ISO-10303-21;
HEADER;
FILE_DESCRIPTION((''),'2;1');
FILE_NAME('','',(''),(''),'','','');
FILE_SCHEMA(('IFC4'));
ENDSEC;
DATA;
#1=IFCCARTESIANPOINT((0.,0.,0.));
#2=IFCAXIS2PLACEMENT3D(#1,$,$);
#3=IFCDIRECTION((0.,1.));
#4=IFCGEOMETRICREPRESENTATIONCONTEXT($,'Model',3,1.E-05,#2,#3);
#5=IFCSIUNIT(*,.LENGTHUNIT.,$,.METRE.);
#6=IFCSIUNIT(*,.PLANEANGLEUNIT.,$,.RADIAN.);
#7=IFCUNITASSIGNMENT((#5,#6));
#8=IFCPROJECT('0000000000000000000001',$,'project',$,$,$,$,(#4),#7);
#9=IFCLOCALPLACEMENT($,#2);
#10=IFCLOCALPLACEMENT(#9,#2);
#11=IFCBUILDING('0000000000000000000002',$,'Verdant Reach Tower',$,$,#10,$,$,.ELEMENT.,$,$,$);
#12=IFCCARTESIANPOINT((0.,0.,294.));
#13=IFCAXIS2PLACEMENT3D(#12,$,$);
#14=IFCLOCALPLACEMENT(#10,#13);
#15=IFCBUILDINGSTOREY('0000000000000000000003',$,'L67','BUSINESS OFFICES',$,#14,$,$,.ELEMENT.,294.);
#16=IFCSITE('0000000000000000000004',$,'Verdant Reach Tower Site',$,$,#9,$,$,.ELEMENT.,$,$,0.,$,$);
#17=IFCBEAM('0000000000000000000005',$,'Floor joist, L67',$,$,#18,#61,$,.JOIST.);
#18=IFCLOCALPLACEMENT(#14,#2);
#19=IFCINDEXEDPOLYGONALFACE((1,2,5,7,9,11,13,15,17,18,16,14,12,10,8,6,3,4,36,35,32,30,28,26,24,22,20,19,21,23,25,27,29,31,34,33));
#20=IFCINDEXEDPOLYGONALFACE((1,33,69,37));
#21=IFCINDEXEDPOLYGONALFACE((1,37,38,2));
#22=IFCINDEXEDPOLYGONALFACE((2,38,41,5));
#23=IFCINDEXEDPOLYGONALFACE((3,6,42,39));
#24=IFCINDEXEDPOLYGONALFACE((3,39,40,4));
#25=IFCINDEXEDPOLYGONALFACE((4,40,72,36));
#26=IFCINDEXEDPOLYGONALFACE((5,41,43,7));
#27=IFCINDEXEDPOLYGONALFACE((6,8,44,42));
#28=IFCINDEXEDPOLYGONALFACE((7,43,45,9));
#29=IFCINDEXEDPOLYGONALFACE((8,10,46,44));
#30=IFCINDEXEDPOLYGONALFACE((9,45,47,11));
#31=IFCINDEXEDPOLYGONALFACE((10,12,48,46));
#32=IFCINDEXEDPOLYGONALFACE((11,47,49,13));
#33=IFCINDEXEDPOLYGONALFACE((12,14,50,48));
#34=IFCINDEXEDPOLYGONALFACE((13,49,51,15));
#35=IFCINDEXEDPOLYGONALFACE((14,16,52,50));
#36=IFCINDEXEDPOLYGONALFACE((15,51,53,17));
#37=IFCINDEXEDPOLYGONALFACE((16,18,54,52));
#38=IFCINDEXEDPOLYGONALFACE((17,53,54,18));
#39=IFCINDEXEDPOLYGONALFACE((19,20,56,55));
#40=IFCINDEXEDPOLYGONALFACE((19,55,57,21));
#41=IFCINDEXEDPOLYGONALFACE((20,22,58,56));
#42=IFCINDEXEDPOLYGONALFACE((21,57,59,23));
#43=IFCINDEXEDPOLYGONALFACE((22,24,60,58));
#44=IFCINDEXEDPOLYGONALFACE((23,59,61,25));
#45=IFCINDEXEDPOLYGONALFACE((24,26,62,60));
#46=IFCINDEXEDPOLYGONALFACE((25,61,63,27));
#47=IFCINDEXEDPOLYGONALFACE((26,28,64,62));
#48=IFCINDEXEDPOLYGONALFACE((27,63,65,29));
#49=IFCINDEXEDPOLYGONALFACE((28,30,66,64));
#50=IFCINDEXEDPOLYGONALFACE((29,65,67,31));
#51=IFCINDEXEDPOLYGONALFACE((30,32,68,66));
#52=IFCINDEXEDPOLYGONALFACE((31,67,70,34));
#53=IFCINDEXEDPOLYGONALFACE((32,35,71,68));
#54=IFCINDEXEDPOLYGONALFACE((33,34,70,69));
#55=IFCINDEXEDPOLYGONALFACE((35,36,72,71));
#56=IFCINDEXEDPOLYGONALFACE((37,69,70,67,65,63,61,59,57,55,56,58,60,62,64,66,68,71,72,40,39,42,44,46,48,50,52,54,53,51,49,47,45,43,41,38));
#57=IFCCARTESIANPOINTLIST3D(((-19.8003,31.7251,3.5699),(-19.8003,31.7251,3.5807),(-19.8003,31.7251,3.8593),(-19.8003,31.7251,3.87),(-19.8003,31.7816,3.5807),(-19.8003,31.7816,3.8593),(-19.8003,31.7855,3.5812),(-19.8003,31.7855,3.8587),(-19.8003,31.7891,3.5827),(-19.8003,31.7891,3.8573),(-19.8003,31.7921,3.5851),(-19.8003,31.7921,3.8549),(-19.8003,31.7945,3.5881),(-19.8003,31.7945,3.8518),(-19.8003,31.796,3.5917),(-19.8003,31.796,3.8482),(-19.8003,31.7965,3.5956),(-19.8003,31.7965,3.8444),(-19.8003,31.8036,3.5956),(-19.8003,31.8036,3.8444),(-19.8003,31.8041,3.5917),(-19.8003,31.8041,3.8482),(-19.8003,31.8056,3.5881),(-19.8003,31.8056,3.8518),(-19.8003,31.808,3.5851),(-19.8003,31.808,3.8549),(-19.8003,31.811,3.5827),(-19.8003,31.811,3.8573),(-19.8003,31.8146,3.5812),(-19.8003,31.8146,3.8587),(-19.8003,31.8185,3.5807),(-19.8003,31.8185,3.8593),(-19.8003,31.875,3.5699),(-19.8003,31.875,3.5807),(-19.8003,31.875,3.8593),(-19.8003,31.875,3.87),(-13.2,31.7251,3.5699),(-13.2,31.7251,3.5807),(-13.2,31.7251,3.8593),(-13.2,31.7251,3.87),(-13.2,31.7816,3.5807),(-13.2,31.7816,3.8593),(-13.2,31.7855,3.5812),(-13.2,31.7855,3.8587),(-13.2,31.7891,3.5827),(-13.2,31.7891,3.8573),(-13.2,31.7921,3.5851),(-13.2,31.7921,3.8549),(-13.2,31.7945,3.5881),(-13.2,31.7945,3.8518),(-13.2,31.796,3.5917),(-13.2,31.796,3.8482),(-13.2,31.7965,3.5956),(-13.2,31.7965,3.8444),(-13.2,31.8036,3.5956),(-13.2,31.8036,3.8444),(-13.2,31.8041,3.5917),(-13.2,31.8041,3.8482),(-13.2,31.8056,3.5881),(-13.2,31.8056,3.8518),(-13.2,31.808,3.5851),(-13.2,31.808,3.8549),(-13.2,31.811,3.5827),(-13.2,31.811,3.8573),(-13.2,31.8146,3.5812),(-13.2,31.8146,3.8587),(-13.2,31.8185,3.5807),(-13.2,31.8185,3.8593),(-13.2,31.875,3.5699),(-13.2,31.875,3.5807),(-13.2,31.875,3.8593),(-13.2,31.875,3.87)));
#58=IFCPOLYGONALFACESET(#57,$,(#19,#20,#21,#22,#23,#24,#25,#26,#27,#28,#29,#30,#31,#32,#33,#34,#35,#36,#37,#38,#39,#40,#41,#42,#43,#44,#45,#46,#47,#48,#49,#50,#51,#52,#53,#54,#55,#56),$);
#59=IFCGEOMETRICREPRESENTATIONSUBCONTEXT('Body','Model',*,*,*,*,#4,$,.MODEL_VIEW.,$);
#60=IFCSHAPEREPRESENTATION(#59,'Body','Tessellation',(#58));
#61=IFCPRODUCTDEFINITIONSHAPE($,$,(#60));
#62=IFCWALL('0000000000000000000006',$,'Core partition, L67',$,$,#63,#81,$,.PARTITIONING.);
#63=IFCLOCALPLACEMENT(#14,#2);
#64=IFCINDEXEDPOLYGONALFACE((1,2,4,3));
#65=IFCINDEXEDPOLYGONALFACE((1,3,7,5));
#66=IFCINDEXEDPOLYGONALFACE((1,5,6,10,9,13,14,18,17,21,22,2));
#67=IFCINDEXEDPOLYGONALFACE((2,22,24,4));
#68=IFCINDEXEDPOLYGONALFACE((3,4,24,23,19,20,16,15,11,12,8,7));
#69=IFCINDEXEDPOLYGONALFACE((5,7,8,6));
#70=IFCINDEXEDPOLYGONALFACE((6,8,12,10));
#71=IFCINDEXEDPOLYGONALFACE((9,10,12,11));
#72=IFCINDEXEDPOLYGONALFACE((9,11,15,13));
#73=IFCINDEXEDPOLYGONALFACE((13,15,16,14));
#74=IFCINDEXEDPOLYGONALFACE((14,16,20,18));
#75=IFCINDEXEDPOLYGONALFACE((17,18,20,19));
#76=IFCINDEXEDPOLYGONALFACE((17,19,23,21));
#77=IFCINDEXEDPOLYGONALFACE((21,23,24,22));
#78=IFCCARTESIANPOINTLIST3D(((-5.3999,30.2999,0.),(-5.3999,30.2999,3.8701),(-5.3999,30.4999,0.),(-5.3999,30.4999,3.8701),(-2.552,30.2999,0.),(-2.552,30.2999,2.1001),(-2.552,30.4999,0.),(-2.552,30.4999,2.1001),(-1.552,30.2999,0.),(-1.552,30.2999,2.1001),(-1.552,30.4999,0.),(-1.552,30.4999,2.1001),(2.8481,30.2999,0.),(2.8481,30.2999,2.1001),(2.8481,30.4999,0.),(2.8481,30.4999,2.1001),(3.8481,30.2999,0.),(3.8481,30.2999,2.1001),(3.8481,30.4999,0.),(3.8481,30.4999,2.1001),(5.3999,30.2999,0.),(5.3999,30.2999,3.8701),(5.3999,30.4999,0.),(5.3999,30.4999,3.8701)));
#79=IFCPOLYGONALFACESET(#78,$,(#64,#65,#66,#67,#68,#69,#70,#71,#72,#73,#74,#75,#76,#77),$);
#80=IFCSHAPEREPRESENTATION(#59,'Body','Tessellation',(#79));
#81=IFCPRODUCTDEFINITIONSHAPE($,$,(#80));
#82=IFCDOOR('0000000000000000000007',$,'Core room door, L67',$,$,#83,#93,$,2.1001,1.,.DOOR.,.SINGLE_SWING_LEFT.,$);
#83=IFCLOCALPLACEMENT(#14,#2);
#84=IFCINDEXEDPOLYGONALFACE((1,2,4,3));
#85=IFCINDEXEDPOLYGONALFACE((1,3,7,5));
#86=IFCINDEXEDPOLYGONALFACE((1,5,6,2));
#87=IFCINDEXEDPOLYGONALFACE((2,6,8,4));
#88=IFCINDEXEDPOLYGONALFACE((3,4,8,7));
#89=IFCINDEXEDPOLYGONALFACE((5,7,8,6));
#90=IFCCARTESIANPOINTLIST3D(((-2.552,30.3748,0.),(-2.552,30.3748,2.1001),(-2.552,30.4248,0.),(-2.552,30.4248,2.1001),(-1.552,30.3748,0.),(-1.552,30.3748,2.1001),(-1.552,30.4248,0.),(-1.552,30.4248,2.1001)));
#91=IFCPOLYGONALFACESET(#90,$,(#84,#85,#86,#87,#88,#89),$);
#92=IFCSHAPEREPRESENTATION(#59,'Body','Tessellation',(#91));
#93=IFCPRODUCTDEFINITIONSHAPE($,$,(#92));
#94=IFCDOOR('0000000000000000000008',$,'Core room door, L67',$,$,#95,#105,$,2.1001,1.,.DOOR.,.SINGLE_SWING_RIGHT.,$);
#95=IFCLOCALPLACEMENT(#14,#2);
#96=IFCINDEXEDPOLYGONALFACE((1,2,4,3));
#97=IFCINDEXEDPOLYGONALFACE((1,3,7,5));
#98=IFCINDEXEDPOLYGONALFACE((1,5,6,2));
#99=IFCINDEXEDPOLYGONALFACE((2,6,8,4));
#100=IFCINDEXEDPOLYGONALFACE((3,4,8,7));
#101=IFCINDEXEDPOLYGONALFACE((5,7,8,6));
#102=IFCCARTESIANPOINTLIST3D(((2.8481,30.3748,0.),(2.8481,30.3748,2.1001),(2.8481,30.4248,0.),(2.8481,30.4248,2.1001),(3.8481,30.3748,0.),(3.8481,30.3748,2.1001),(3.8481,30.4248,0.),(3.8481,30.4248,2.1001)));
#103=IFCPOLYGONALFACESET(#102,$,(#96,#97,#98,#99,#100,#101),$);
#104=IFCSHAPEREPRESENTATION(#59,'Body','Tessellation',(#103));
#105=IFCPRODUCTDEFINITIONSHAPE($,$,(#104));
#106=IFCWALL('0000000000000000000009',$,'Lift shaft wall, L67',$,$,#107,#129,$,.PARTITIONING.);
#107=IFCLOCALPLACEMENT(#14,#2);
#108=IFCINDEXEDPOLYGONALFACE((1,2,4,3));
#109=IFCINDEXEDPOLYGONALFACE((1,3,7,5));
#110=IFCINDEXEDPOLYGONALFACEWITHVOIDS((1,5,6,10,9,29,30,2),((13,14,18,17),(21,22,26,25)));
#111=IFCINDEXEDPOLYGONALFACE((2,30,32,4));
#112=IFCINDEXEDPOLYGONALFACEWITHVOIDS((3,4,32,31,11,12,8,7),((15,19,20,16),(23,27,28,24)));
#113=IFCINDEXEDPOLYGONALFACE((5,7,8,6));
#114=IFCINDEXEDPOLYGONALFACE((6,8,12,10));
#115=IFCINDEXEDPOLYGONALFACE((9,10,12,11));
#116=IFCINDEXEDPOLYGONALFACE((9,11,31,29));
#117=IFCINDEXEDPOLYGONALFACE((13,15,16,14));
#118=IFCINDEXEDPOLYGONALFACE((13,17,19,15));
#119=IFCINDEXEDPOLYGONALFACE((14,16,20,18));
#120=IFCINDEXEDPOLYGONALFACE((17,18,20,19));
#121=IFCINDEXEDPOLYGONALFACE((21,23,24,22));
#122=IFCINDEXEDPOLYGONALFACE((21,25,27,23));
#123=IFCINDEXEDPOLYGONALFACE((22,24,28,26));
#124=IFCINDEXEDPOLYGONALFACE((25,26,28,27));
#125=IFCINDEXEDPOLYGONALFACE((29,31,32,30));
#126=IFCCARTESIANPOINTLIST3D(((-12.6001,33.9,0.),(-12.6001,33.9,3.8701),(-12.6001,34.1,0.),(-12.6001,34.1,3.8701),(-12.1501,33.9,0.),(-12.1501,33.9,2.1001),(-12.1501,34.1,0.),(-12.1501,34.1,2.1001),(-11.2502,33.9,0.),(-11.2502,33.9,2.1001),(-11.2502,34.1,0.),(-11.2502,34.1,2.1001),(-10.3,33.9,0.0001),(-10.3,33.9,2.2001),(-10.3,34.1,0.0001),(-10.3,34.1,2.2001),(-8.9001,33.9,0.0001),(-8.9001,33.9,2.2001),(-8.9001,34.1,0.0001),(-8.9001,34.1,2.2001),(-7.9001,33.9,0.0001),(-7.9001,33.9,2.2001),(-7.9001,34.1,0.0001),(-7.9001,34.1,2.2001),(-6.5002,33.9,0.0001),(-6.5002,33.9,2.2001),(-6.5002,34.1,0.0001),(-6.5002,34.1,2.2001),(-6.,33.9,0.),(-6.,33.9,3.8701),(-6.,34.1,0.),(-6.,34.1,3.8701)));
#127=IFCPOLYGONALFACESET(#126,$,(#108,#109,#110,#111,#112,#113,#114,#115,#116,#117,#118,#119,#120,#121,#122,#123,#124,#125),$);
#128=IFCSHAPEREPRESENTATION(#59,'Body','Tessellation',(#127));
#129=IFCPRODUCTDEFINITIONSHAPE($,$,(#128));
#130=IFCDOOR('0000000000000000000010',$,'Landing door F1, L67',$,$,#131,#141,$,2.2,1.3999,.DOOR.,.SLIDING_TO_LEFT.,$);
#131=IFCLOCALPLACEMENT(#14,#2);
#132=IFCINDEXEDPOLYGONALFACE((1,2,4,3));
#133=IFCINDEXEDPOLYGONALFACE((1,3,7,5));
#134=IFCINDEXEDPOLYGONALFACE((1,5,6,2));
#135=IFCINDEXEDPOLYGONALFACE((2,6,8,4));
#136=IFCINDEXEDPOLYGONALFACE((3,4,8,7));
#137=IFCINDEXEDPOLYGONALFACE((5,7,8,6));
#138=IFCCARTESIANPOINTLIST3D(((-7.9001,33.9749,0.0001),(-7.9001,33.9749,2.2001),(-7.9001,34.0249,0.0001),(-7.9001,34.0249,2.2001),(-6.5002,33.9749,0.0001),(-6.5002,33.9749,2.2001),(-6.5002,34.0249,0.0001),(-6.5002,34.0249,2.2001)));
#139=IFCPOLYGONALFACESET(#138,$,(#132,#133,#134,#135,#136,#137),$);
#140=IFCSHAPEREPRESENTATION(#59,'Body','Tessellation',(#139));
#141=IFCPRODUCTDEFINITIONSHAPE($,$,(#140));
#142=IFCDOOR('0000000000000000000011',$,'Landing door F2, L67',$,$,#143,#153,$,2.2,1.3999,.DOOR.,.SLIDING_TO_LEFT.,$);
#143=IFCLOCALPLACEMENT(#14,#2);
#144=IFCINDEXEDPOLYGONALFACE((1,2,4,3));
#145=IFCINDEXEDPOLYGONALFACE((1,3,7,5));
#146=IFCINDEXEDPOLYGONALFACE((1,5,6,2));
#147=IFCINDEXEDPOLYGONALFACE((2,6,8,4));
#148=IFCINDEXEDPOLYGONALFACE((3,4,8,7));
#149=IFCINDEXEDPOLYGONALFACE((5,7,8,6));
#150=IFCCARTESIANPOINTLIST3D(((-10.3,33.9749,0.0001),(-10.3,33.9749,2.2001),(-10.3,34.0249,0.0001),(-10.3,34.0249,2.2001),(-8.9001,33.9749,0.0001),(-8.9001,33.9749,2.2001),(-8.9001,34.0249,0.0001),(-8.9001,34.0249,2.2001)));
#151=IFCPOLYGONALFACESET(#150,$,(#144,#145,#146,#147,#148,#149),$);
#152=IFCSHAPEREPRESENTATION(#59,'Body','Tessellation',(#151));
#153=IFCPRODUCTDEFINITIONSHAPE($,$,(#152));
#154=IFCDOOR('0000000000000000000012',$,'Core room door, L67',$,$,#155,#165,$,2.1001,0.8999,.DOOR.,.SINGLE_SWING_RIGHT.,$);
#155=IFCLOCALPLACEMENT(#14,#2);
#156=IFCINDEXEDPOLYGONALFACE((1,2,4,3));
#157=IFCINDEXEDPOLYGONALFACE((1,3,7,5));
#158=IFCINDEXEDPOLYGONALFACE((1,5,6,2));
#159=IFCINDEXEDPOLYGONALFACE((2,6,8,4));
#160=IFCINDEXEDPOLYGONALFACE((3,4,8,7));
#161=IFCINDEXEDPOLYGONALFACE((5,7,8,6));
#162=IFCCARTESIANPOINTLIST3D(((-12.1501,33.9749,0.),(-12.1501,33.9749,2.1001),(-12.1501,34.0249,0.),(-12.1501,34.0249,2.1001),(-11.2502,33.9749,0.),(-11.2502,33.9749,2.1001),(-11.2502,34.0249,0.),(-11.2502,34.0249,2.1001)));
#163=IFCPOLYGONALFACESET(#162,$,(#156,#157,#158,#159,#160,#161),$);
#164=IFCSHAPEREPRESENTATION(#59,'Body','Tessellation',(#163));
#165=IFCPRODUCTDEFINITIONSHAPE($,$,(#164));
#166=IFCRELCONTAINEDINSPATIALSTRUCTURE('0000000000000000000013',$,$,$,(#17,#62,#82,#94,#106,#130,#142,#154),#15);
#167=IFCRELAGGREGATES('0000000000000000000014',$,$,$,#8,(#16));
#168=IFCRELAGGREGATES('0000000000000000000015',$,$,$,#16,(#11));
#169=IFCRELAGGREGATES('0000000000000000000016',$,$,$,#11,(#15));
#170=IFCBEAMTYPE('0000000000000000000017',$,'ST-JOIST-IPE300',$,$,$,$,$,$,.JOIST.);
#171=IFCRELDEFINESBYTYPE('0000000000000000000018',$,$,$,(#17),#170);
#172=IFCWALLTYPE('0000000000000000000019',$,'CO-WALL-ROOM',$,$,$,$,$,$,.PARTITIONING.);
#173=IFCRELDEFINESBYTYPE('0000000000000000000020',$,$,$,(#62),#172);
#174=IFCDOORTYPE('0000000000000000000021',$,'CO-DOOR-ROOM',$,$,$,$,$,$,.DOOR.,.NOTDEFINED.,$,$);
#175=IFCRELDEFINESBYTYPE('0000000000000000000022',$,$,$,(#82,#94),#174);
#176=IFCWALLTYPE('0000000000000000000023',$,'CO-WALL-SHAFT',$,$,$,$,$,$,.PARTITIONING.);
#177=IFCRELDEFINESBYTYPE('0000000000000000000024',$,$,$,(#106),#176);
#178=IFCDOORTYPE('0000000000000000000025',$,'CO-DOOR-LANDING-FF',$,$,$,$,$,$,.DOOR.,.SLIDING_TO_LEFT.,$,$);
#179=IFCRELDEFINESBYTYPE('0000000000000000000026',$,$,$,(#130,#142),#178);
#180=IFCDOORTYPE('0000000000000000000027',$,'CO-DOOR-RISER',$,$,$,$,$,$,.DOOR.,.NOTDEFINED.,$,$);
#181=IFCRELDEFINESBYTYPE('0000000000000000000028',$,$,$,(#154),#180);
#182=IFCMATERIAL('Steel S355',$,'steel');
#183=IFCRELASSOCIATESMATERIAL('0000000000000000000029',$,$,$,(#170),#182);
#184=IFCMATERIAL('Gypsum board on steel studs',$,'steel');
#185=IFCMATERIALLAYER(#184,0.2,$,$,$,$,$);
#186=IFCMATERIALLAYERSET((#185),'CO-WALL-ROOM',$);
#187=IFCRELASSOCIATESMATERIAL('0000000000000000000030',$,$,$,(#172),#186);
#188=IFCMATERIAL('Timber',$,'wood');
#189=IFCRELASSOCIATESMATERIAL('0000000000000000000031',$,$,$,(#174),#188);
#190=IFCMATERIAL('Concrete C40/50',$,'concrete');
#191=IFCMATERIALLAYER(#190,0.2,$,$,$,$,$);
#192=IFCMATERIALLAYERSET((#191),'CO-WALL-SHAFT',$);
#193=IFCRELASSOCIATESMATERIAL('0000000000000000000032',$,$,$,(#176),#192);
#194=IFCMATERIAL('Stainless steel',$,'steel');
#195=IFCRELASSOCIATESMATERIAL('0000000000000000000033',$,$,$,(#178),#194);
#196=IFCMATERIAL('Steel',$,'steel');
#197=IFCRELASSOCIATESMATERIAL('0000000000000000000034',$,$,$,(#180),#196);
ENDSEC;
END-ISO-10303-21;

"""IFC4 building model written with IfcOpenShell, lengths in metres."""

from ifc_helpers import new_model, si_unit, direction, frame, frame_2d, origin, origin_2d, place, context, subcontext, project, spatial, rectangle, i_section, extrude, material, layer, layer_set, material_profile, profile_set, type_object, element, fill, save


model = new_model("IFC4")

# Units and contexts
model_context = context("Model", 3, precision=1e-05, world=origin(), true_north=direction((0.0, 1.0)))
body_context = subcontext(model_context, "Body", "Model", "MODEL_VIEW")
ifc_project = project(units=[si_unit("LENGTHUNIT", "METRE"), si_unit("PLANEANGLEUNIT", "RADIAN")], contexts=[model_context])

# Site, building, storey
site_placement = place(None, origin())
site = spatial("IfcSite", under=ifc_project, at=site_placement, Name="Verdant Reach Tower Site", CompositionType="ELEMENT", RefElevation=0.0)
building_placement = place(site_placement, origin())
building = spatial("IfcBuilding", under=site, at=building_placement, Name="Verdant Reach Tower", CompositionType="ELEMENT")
storey_placement = place(building_placement, frame((0.0, 0.0, 294.0)))
storey = spatial("IfcBuildingStorey", under=building, at=storey_placement, Name="L67", Description="BUSINESS OFFICES", CompositionType="ELEMENT", Elevation=294.0)

# Beam
ifc_material_1 = material(Name="Steel S355", Category="steel")
ifc_material_profile = material_profile(ifc_material_1, i_section(OverallWidth=0.1499, OverallDepth=0.3, WebThickness=0.0071, FlangeThickness=0.0107, FilletRadius=0.0149, at=origin_2d()), Name="IPE 300")
ifc_profile_set = profile_set([ifc_material_profile], Name="Steel S355")
beam_type = type_object("IfcBeamType", Name="ST-JOIST-IPE300", PredefinedType="JOIST", material=ifc_profile_set)
beam_placement = place(storey_placement, frame((-13.2, 31.8, 3.72), z_axis=(-1.0, 0.0, 0.0), x_axis=(0.0, -1.0, 0.0)))
element("IfcBeam", 1, at=beam_placement, inside=storey, type_object=beam_type, Name="Floor joist, L67", PredefinedType="JOIST", context=body_context, shape_type="SweptSolid", body=[
    extrude(i_section(OverallWidth=0.1499, OverallDepth=0.3, WebThickness=0.0071, FlangeThickness=0.0107, FilletRadius=0.0149, at=origin_2d()), origin(), (0.0, 0.0, 1.0), 6.6003),
])

# Walls, openings, doors
ifc_material_2 = material(Name="Gypsum board on steel studs", Category="steel")
ifc_layer_1 = layer(ifc_material_2, 0.2)
ifc_layer_set_1 = layer_set([ifc_layer_1], Name="CO-WALL-ROOM")
wall_type_1 = type_object("IfcWallType", Name="CO-WALL-ROOM", PredefinedType="PARTITIONING", material=ifc_layer_set_1)
wall_1_placement = place(storey_placement, frame((-5.3999, 30.3999, 0.0), z_axis=(0.0, 0.0, 1.0), x_axis=(1.0, 0.0, 0.0)))
wall_1 = element("IfcWall", 2, at=wall_1_placement, inside=storey, type_object=wall_type_1, Name="Core partition, L67", PredefinedType="PARTITIONING", context=body_context, shape_type="SweptSolid", body=[
    extrude(rectangle(XDim=10.7998, YDim=0.2, at=frame_2d((5.3999, 0.0))), origin(), (0.0, 0.0, 1.0), 3.8701),
])
opening_1_placement = place(wall_1_placement, frame((2.8479, 0.0, 0.0)))
opening_1 = element("IfcOpeningElement", 3, at=opening_1_placement, cuts=wall_1, PredefinedType="OPENING", context=body_context, shape_type="SweptSolid", body=[
    extrude(rectangle(XDim=1.0, YDim=2.1001, at=frame_2d((0.5, 1.05))), frame((0.0, 0.1099, 0.0), z_axis=(0.0, -1.0, 0.0), x_axis=(1.0, 0.0, 0.0)), (0.0, 0.0, 1.0), 0.22),
])
opening_2_placement = place(wall_1_placement, frame((8.248, 0.0, 0.0)))
opening_2 = element("IfcOpeningElement", 4, at=opening_2_placement, cuts=wall_1, PredefinedType="OPENING", context=body_context, shape_type="SweptSolid", body=[
    extrude(rectangle(XDim=1.0, YDim=2.1001, at=frame_2d((0.5, 1.05))), frame((0.0, 0.1099, 0.0), z_axis=(0.0, -1.0, 0.0), x_axis=(1.0, 0.0, 0.0)), (0.0, 0.0, 1.0), 0.22),
])
ifc_material_3 = material(Name="Timber", Category="wood")
door_type_1 = type_object("IfcDoorType", Name="CO-DOOR-ROOM", OperationType="NOTDEFINED", PredefinedType="DOOR", material=ifc_material_3)
door_1_placement = place(opening_1_placement, origin())
door_1 = element("IfcDoor", 5, at=door_1_placement, inside=storey, type_object=door_type_1, Name="Core room door, L67", OperationType="SINGLE_SWING_LEFT", OverallHeight=2.1001, OverallWidth=1.0, PredefinedType="DOOR", context=body_context, shape_type="SweptSolid", body=[
    extrude(rectangle(XDim=1.0, YDim=2.1001, at=frame_2d((0.5, 1.05))), frame((0.0, 0.0249, 0.0), z_axis=(0.0, -1.0, 0.0), x_axis=(1.0, 0.0, 0.0)), (0.0, 0.0, 1.0), 0.05),
])
fill(opening_1, door_1)
door_2_placement = place(opening_2_placement, origin())
door_2 = element("IfcDoor", 6, at=door_2_placement, inside=storey, type_object=door_type_1, Name="Core room door, L67", OperationType="SINGLE_SWING_RIGHT", OverallHeight=2.1001, OverallWidth=1.0, PredefinedType="DOOR", context=body_context, shape_type="SweptSolid", body=[
    extrude(rectangle(XDim=1.0, YDim=2.1001, at=frame_2d((0.5, 1.05))), frame((0.0, 0.0249, 0.0), z_axis=(0.0, -1.0, 0.0), x_axis=(1.0, 0.0, 0.0)), (0.0, 0.0, 1.0), 0.05),
])
fill(opening_2, door_2)
ifc_material_4 = material(Name="Concrete C40/50", Category="concrete")
ifc_layer_2 = layer(ifc_material_4, 0.2)
ifc_layer_set_2 = layer_set([ifc_layer_2], Name="CO-WALL-SHAFT")
wall_type_2 = type_object("IfcWallType", Name="CO-WALL-SHAFT", PredefinedType="PARTITIONING", material=ifc_layer_set_2)
wall_2_placement = place(storey_placement, frame((-12.6001, 34.0, 0.0), z_axis=(0.0, 0.0, 1.0), x_axis=(1.0, 0.0, 0.0)))
wall_2 = element("IfcWall", 7, at=wall_2_placement, inside=storey, type_object=wall_type_2, Name="Lift shaft wall, L67", PredefinedType="PARTITIONING", context=body_context, shape_type="SweptSolid", body=[
    extrude(rectangle(XDim=6.6001, YDim=0.2, at=frame_2d((3.3, 0.0))), origin(), (0.0, 0.0, 1.0), 3.8701),
])
opening_3_placement = place(wall_2_placement, frame((4.7, 0.0, 0.0)))
opening_3 = element("IfcOpeningElement", 8, at=opening_3_placement, cuts=wall_2, PredefinedType="OPENING", context=body_context, shape_type="SweptSolid", body=[
    extrude(rectangle(XDim=1.3999, YDim=2.2, at=frame_2d((0.7, 1.1001))), frame((0.0, 0.1099, 0.0), z_axis=(0.0, -1.0, 0.0), x_axis=(1.0, 0.0, 0.0)), (0.0, 0.0, 1.0), 0.22),
])
opening_4_placement = place(wall_2_placement, frame((2.3, 0.0, 0.0)))
opening_4 = element("IfcOpeningElement", 9, at=opening_4_placement, cuts=wall_2, PredefinedType="OPENING", context=body_context, shape_type="SweptSolid", body=[
    extrude(rectangle(XDim=1.3999, YDim=2.2, at=frame_2d((0.7, 1.1001))), frame((0.0, 0.1099, 0.0), z_axis=(0.0, -1.0, 0.0), x_axis=(1.0, 0.0, 0.0)), (0.0, 0.0, 1.0), 0.22),
])
opening_5_placement = place(wall_2_placement, frame((0.45, 0.0, 0.0)))
opening_5 = element("IfcOpeningElement", 10, at=opening_5_placement, cuts=wall_2, PredefinedType="OPENING", context=body_context, shape_type="SweptSolid", body=[
    extrude(rectangle(XDim=0.8999, YDim=2.1001, at=frame_2d((0.45, 1.05))), frame((0.0, 0.1099, 0.0), z_axis=(0.0, -1.0, 0.0), x_axis=(1.0, 0.0, 0.0)), (0.0, 0.0, 1.0), 0.22),
])
ifc_material_5 = material(Name="Stainless steel", Category="steel")
door_type_2 = type_object("IfcDoorType", Name="CO-DOOR-LANDING-FF", OperationType="SLIDING_TO_LEFT", PredefinedType="DOOR", material=ifc_material_5)
door_3_placement = place(opening_3_placement, origin())
door_3 = element("IfcDoor", 11, at=door_3_placement, inside=storey, type_object=door_type_2, Name="Landing door F1, L67", OperationType="SLIDING_TO_LEFT", OverallHeight=2.2, OverallWidth=1.3999, PredefinedType="DOOR", context=body_context, shape_type="SweptSolid", body=[
    extrude(rectangle(XDim=1.3999, YDim=2.2, at=frame_2d((0.7, 1.1001))), frame((0.0, 0.0249, 0.0), z_axis=(0.0, -1.0, 0.0), x_axis=(1.0, 0.0, 0.0)), (0.0, 0.0, 1.0), 0.05),
])
fill(opening_3, door_3)
door_4_placement = place(opening_4_placement, origin())
door_4 = element("IfcDoor", 12, at=door_4_placement, inside=storey, type_object=door_type_2, Name="Landing door F2, L67", OperationType="SLIDING_TO_LEFT", OverallHeight=2.2, OverallWidth=1.3999, PredefinedType="DOOR", context=body_context, shape_type="SweptSolid", body=[
    extrude(rectangle(XDim=1.3999, YDim=2.2, at=frame_2d((0.7, 1.1001))), frame((0.0, 0.0249, 0.0), z_axis=(0.0, -1.0, 0.0), x_axis=(1.0, 0.0, 0.0)), (0.0, 0.0, 1.0), 0.05),
])
fill(opening_4, door_4)
ifc_material_6 = material(Name="Steel", Category="steel")
door_type_3 = type_object("IfcDoorType", Name="CO-DOOR-RISER", OperationType="NOTDEFINED", PredefinedType="DOOR", material=ifc_material_6)
door_5_placement = place(opening_5_placement, origin())
door_5 = element("IfcDoor", 13, at=door_5_placement, inside=storey, type_object=door_type_3, Name="Core room door, L67", OperationType="SINGLE_SWING_RIGHT", OverallHeight=2.1001, OverallWidth=0.8999, PredefinedType="DOOR", context=body_context, shape_type="SweptSolid", body=[
    extrude(rectangle(XDim=0.8999, YDim=2.1001, at=frame_2d((0.45, 1.05))), frame((0.0, 0.0249, 0.0), z_axis=(0.0, -1.0, 0.0), x_axis=(1.0, 0.0, 0.0)), (0.0, 0.0, 1.0), 0.05),
])
fill(opening_5, door_5)

save(model, "model.ifc")
